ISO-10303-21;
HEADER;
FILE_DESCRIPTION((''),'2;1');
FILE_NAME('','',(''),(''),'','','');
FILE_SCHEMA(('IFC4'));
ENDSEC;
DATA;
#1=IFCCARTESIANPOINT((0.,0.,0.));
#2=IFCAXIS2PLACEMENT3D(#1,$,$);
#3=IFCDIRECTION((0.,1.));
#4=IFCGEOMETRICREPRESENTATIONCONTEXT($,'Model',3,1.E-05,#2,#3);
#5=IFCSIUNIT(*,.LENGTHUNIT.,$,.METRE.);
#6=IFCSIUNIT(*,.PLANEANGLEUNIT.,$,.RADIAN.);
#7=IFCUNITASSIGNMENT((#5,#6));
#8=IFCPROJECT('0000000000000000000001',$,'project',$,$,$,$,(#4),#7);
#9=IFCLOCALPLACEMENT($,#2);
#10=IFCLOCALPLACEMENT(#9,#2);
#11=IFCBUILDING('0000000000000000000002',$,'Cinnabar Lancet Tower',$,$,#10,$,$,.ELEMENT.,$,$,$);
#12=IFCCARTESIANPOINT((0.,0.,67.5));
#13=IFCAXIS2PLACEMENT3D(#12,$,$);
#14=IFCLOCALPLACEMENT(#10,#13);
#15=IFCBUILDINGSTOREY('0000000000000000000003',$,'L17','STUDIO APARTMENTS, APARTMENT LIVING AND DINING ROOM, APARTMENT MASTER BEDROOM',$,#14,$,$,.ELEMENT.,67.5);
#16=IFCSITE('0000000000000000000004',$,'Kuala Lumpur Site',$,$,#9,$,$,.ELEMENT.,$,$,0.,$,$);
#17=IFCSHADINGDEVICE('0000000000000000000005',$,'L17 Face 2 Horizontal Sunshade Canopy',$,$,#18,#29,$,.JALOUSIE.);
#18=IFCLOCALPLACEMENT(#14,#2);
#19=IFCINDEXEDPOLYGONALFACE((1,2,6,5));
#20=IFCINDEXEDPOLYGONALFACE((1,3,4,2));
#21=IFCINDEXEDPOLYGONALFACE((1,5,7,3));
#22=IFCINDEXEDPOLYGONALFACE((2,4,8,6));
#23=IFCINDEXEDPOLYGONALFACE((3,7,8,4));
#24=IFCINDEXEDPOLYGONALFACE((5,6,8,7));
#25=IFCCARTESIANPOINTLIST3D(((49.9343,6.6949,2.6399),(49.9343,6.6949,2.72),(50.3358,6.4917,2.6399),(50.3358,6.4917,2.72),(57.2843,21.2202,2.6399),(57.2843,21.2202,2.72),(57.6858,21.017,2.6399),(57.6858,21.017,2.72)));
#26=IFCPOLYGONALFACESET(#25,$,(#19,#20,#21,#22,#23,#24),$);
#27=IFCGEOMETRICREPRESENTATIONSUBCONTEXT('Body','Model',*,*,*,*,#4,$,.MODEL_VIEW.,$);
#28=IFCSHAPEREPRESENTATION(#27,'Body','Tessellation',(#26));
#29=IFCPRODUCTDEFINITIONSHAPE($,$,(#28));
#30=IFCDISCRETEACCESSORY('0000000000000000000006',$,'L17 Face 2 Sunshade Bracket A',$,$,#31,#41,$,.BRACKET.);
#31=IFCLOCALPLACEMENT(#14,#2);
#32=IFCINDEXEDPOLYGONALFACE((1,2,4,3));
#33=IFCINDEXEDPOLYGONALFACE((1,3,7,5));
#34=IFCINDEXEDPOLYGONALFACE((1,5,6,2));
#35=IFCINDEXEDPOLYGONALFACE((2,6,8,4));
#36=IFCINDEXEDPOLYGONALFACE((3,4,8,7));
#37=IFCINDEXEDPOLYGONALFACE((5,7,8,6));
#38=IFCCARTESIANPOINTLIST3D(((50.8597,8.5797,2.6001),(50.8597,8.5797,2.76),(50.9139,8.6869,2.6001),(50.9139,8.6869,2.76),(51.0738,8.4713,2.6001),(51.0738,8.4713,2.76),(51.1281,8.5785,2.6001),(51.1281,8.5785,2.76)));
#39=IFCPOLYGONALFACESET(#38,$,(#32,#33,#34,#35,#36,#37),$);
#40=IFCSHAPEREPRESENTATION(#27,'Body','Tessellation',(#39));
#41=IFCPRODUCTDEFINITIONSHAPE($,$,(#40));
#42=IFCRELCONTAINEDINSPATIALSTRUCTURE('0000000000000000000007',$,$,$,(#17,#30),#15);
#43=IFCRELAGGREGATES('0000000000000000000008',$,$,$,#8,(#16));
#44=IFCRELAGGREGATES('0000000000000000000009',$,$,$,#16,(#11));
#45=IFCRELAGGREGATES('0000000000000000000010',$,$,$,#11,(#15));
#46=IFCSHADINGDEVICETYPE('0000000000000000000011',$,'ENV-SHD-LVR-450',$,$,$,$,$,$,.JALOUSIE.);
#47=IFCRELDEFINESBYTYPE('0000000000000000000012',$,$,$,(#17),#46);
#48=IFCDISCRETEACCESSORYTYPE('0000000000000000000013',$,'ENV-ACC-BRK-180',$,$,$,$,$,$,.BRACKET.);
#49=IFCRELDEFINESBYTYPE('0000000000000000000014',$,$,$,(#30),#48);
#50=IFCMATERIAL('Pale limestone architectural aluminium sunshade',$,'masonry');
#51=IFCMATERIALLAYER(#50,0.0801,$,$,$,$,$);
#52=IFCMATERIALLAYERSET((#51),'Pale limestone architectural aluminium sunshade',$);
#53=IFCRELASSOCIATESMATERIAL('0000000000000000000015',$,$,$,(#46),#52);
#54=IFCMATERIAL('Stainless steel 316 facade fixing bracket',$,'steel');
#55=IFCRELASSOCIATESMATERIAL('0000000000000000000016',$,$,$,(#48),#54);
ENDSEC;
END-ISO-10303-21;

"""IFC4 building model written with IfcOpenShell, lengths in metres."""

from ifc_helpers import new_model, si_unit, direction, frame, origin, origin_2d, place, context, subcontext, project, spatial, rectangle, extrude, material, layer, layer_set, type_object, element, save


model = new_model("IFC4")

# Units and contexts
model_context = context("Model", 3, precision=1e-05, world=origin(), true_north=direction((0.0, 1.0)))
body_context = subcontext(model_context, "Body", "Model", "MODEL_VIEW")
ifc_project = project(units=[si_unit("LENGTHUNIT", "METRE"), si_unit("PLANEANGLEUNIT", "RADIAN")], contexts=[model_context])

# Site, building, storey
site_placement = place(None, origin())
site = spatial("IfcSite", under=ifc_project, at=site_placement, Name="Kuala Lumpur Site", CompositionType="ELEMENT", RefElevation=0.0)
building_placement = place(site_placement, origin())
building = spatial("IfcBuilding", under=site, at=building_placement, Name="Cinnabar Lancet Tower", CompositionType="ELEMENT")
storey_placement = place(building_placement, frame((0.0, 0.0, 67.5)))
storey = spatial("IfcBuildingStorey", under=building, at=storey_placement, Name="L17", Description="STUDIO APARTMENTS, APARTMENT LIVING AND DINING ROOM, APARTMENT MASTER BEDROOM", CompositionType="ELEMENT", Elevation=67.5)

# Shading device
ifc_material_1 = material(Name="Pale limestone architectural aluminium sunshade", Category="masonry")
ifc_layer_1 = layer(ifc_material_1, 0.0801)
ifc_layer_set_1 = layer_set([ifc_layer_1], Name="Pale limestone architectural aluminium sunshade")
shading_device_type = type_object("IfcShadingDeviceType", Name="ENV-SHD-LVR-450", PredefinedType="JALOUSIE", material=ifc_layer_set_1)
shading_device_placement = place(storey_placement, frame((53.8101, 13.856, 2.6399), z_axis=(0.0, 0.0, 1.0), x_axis=(0.451501, 0.892271, 0.0)))
element("IfcShadingDevice", 1, at=shading_device_placement, inside=storey, type_object=shading_device_type, Name="L17 Face 2 Horizontal Sunshade Canopy", PredefinedType="JALOUSIE", context=body_context, shape_type="SweptSolid", body=[
    extrude(rectangle(XDim=16.2791, YDim=0.45, at=origin_2d()), origin(), (0.0, 0.0, 1.0), 0.0801),
])

# Discrete accessory
ifc_material_2 = material(Name="Stainless steel 316 facade fixing bracket", Category="steel")
discrete_accessory_type = type_object("IfcDiscreteAccessoryType", Name="ENV-ACC-BRK-180", PredefinedType="BRACKET", material=ifc_material_2)
discrete_accessory_placement = place(storey_placement, frame((50.9939, 8.5791, 2.6001), z_axis=(0.0, 0.0, 1.0), x_axis=(0.451501, 0.892271, 0.0)))
element("IfcDiscreteAccessory", 2, at=discrete_accessory_placement, inside=storey, type_object=discrete_accessory_type, Name="L17 Face 2 Sunshade Bracket A", PredefinedType="BRACKET", context=body_context, shape_type="SweptSolid", body=[
    extrude(rectangle(XDim=0.1201, YDim=0.24, at=origin_2d()), origin(), (0.0, 0.0, 1.0), 0.1599),
])

save(model, "model.ifc")
